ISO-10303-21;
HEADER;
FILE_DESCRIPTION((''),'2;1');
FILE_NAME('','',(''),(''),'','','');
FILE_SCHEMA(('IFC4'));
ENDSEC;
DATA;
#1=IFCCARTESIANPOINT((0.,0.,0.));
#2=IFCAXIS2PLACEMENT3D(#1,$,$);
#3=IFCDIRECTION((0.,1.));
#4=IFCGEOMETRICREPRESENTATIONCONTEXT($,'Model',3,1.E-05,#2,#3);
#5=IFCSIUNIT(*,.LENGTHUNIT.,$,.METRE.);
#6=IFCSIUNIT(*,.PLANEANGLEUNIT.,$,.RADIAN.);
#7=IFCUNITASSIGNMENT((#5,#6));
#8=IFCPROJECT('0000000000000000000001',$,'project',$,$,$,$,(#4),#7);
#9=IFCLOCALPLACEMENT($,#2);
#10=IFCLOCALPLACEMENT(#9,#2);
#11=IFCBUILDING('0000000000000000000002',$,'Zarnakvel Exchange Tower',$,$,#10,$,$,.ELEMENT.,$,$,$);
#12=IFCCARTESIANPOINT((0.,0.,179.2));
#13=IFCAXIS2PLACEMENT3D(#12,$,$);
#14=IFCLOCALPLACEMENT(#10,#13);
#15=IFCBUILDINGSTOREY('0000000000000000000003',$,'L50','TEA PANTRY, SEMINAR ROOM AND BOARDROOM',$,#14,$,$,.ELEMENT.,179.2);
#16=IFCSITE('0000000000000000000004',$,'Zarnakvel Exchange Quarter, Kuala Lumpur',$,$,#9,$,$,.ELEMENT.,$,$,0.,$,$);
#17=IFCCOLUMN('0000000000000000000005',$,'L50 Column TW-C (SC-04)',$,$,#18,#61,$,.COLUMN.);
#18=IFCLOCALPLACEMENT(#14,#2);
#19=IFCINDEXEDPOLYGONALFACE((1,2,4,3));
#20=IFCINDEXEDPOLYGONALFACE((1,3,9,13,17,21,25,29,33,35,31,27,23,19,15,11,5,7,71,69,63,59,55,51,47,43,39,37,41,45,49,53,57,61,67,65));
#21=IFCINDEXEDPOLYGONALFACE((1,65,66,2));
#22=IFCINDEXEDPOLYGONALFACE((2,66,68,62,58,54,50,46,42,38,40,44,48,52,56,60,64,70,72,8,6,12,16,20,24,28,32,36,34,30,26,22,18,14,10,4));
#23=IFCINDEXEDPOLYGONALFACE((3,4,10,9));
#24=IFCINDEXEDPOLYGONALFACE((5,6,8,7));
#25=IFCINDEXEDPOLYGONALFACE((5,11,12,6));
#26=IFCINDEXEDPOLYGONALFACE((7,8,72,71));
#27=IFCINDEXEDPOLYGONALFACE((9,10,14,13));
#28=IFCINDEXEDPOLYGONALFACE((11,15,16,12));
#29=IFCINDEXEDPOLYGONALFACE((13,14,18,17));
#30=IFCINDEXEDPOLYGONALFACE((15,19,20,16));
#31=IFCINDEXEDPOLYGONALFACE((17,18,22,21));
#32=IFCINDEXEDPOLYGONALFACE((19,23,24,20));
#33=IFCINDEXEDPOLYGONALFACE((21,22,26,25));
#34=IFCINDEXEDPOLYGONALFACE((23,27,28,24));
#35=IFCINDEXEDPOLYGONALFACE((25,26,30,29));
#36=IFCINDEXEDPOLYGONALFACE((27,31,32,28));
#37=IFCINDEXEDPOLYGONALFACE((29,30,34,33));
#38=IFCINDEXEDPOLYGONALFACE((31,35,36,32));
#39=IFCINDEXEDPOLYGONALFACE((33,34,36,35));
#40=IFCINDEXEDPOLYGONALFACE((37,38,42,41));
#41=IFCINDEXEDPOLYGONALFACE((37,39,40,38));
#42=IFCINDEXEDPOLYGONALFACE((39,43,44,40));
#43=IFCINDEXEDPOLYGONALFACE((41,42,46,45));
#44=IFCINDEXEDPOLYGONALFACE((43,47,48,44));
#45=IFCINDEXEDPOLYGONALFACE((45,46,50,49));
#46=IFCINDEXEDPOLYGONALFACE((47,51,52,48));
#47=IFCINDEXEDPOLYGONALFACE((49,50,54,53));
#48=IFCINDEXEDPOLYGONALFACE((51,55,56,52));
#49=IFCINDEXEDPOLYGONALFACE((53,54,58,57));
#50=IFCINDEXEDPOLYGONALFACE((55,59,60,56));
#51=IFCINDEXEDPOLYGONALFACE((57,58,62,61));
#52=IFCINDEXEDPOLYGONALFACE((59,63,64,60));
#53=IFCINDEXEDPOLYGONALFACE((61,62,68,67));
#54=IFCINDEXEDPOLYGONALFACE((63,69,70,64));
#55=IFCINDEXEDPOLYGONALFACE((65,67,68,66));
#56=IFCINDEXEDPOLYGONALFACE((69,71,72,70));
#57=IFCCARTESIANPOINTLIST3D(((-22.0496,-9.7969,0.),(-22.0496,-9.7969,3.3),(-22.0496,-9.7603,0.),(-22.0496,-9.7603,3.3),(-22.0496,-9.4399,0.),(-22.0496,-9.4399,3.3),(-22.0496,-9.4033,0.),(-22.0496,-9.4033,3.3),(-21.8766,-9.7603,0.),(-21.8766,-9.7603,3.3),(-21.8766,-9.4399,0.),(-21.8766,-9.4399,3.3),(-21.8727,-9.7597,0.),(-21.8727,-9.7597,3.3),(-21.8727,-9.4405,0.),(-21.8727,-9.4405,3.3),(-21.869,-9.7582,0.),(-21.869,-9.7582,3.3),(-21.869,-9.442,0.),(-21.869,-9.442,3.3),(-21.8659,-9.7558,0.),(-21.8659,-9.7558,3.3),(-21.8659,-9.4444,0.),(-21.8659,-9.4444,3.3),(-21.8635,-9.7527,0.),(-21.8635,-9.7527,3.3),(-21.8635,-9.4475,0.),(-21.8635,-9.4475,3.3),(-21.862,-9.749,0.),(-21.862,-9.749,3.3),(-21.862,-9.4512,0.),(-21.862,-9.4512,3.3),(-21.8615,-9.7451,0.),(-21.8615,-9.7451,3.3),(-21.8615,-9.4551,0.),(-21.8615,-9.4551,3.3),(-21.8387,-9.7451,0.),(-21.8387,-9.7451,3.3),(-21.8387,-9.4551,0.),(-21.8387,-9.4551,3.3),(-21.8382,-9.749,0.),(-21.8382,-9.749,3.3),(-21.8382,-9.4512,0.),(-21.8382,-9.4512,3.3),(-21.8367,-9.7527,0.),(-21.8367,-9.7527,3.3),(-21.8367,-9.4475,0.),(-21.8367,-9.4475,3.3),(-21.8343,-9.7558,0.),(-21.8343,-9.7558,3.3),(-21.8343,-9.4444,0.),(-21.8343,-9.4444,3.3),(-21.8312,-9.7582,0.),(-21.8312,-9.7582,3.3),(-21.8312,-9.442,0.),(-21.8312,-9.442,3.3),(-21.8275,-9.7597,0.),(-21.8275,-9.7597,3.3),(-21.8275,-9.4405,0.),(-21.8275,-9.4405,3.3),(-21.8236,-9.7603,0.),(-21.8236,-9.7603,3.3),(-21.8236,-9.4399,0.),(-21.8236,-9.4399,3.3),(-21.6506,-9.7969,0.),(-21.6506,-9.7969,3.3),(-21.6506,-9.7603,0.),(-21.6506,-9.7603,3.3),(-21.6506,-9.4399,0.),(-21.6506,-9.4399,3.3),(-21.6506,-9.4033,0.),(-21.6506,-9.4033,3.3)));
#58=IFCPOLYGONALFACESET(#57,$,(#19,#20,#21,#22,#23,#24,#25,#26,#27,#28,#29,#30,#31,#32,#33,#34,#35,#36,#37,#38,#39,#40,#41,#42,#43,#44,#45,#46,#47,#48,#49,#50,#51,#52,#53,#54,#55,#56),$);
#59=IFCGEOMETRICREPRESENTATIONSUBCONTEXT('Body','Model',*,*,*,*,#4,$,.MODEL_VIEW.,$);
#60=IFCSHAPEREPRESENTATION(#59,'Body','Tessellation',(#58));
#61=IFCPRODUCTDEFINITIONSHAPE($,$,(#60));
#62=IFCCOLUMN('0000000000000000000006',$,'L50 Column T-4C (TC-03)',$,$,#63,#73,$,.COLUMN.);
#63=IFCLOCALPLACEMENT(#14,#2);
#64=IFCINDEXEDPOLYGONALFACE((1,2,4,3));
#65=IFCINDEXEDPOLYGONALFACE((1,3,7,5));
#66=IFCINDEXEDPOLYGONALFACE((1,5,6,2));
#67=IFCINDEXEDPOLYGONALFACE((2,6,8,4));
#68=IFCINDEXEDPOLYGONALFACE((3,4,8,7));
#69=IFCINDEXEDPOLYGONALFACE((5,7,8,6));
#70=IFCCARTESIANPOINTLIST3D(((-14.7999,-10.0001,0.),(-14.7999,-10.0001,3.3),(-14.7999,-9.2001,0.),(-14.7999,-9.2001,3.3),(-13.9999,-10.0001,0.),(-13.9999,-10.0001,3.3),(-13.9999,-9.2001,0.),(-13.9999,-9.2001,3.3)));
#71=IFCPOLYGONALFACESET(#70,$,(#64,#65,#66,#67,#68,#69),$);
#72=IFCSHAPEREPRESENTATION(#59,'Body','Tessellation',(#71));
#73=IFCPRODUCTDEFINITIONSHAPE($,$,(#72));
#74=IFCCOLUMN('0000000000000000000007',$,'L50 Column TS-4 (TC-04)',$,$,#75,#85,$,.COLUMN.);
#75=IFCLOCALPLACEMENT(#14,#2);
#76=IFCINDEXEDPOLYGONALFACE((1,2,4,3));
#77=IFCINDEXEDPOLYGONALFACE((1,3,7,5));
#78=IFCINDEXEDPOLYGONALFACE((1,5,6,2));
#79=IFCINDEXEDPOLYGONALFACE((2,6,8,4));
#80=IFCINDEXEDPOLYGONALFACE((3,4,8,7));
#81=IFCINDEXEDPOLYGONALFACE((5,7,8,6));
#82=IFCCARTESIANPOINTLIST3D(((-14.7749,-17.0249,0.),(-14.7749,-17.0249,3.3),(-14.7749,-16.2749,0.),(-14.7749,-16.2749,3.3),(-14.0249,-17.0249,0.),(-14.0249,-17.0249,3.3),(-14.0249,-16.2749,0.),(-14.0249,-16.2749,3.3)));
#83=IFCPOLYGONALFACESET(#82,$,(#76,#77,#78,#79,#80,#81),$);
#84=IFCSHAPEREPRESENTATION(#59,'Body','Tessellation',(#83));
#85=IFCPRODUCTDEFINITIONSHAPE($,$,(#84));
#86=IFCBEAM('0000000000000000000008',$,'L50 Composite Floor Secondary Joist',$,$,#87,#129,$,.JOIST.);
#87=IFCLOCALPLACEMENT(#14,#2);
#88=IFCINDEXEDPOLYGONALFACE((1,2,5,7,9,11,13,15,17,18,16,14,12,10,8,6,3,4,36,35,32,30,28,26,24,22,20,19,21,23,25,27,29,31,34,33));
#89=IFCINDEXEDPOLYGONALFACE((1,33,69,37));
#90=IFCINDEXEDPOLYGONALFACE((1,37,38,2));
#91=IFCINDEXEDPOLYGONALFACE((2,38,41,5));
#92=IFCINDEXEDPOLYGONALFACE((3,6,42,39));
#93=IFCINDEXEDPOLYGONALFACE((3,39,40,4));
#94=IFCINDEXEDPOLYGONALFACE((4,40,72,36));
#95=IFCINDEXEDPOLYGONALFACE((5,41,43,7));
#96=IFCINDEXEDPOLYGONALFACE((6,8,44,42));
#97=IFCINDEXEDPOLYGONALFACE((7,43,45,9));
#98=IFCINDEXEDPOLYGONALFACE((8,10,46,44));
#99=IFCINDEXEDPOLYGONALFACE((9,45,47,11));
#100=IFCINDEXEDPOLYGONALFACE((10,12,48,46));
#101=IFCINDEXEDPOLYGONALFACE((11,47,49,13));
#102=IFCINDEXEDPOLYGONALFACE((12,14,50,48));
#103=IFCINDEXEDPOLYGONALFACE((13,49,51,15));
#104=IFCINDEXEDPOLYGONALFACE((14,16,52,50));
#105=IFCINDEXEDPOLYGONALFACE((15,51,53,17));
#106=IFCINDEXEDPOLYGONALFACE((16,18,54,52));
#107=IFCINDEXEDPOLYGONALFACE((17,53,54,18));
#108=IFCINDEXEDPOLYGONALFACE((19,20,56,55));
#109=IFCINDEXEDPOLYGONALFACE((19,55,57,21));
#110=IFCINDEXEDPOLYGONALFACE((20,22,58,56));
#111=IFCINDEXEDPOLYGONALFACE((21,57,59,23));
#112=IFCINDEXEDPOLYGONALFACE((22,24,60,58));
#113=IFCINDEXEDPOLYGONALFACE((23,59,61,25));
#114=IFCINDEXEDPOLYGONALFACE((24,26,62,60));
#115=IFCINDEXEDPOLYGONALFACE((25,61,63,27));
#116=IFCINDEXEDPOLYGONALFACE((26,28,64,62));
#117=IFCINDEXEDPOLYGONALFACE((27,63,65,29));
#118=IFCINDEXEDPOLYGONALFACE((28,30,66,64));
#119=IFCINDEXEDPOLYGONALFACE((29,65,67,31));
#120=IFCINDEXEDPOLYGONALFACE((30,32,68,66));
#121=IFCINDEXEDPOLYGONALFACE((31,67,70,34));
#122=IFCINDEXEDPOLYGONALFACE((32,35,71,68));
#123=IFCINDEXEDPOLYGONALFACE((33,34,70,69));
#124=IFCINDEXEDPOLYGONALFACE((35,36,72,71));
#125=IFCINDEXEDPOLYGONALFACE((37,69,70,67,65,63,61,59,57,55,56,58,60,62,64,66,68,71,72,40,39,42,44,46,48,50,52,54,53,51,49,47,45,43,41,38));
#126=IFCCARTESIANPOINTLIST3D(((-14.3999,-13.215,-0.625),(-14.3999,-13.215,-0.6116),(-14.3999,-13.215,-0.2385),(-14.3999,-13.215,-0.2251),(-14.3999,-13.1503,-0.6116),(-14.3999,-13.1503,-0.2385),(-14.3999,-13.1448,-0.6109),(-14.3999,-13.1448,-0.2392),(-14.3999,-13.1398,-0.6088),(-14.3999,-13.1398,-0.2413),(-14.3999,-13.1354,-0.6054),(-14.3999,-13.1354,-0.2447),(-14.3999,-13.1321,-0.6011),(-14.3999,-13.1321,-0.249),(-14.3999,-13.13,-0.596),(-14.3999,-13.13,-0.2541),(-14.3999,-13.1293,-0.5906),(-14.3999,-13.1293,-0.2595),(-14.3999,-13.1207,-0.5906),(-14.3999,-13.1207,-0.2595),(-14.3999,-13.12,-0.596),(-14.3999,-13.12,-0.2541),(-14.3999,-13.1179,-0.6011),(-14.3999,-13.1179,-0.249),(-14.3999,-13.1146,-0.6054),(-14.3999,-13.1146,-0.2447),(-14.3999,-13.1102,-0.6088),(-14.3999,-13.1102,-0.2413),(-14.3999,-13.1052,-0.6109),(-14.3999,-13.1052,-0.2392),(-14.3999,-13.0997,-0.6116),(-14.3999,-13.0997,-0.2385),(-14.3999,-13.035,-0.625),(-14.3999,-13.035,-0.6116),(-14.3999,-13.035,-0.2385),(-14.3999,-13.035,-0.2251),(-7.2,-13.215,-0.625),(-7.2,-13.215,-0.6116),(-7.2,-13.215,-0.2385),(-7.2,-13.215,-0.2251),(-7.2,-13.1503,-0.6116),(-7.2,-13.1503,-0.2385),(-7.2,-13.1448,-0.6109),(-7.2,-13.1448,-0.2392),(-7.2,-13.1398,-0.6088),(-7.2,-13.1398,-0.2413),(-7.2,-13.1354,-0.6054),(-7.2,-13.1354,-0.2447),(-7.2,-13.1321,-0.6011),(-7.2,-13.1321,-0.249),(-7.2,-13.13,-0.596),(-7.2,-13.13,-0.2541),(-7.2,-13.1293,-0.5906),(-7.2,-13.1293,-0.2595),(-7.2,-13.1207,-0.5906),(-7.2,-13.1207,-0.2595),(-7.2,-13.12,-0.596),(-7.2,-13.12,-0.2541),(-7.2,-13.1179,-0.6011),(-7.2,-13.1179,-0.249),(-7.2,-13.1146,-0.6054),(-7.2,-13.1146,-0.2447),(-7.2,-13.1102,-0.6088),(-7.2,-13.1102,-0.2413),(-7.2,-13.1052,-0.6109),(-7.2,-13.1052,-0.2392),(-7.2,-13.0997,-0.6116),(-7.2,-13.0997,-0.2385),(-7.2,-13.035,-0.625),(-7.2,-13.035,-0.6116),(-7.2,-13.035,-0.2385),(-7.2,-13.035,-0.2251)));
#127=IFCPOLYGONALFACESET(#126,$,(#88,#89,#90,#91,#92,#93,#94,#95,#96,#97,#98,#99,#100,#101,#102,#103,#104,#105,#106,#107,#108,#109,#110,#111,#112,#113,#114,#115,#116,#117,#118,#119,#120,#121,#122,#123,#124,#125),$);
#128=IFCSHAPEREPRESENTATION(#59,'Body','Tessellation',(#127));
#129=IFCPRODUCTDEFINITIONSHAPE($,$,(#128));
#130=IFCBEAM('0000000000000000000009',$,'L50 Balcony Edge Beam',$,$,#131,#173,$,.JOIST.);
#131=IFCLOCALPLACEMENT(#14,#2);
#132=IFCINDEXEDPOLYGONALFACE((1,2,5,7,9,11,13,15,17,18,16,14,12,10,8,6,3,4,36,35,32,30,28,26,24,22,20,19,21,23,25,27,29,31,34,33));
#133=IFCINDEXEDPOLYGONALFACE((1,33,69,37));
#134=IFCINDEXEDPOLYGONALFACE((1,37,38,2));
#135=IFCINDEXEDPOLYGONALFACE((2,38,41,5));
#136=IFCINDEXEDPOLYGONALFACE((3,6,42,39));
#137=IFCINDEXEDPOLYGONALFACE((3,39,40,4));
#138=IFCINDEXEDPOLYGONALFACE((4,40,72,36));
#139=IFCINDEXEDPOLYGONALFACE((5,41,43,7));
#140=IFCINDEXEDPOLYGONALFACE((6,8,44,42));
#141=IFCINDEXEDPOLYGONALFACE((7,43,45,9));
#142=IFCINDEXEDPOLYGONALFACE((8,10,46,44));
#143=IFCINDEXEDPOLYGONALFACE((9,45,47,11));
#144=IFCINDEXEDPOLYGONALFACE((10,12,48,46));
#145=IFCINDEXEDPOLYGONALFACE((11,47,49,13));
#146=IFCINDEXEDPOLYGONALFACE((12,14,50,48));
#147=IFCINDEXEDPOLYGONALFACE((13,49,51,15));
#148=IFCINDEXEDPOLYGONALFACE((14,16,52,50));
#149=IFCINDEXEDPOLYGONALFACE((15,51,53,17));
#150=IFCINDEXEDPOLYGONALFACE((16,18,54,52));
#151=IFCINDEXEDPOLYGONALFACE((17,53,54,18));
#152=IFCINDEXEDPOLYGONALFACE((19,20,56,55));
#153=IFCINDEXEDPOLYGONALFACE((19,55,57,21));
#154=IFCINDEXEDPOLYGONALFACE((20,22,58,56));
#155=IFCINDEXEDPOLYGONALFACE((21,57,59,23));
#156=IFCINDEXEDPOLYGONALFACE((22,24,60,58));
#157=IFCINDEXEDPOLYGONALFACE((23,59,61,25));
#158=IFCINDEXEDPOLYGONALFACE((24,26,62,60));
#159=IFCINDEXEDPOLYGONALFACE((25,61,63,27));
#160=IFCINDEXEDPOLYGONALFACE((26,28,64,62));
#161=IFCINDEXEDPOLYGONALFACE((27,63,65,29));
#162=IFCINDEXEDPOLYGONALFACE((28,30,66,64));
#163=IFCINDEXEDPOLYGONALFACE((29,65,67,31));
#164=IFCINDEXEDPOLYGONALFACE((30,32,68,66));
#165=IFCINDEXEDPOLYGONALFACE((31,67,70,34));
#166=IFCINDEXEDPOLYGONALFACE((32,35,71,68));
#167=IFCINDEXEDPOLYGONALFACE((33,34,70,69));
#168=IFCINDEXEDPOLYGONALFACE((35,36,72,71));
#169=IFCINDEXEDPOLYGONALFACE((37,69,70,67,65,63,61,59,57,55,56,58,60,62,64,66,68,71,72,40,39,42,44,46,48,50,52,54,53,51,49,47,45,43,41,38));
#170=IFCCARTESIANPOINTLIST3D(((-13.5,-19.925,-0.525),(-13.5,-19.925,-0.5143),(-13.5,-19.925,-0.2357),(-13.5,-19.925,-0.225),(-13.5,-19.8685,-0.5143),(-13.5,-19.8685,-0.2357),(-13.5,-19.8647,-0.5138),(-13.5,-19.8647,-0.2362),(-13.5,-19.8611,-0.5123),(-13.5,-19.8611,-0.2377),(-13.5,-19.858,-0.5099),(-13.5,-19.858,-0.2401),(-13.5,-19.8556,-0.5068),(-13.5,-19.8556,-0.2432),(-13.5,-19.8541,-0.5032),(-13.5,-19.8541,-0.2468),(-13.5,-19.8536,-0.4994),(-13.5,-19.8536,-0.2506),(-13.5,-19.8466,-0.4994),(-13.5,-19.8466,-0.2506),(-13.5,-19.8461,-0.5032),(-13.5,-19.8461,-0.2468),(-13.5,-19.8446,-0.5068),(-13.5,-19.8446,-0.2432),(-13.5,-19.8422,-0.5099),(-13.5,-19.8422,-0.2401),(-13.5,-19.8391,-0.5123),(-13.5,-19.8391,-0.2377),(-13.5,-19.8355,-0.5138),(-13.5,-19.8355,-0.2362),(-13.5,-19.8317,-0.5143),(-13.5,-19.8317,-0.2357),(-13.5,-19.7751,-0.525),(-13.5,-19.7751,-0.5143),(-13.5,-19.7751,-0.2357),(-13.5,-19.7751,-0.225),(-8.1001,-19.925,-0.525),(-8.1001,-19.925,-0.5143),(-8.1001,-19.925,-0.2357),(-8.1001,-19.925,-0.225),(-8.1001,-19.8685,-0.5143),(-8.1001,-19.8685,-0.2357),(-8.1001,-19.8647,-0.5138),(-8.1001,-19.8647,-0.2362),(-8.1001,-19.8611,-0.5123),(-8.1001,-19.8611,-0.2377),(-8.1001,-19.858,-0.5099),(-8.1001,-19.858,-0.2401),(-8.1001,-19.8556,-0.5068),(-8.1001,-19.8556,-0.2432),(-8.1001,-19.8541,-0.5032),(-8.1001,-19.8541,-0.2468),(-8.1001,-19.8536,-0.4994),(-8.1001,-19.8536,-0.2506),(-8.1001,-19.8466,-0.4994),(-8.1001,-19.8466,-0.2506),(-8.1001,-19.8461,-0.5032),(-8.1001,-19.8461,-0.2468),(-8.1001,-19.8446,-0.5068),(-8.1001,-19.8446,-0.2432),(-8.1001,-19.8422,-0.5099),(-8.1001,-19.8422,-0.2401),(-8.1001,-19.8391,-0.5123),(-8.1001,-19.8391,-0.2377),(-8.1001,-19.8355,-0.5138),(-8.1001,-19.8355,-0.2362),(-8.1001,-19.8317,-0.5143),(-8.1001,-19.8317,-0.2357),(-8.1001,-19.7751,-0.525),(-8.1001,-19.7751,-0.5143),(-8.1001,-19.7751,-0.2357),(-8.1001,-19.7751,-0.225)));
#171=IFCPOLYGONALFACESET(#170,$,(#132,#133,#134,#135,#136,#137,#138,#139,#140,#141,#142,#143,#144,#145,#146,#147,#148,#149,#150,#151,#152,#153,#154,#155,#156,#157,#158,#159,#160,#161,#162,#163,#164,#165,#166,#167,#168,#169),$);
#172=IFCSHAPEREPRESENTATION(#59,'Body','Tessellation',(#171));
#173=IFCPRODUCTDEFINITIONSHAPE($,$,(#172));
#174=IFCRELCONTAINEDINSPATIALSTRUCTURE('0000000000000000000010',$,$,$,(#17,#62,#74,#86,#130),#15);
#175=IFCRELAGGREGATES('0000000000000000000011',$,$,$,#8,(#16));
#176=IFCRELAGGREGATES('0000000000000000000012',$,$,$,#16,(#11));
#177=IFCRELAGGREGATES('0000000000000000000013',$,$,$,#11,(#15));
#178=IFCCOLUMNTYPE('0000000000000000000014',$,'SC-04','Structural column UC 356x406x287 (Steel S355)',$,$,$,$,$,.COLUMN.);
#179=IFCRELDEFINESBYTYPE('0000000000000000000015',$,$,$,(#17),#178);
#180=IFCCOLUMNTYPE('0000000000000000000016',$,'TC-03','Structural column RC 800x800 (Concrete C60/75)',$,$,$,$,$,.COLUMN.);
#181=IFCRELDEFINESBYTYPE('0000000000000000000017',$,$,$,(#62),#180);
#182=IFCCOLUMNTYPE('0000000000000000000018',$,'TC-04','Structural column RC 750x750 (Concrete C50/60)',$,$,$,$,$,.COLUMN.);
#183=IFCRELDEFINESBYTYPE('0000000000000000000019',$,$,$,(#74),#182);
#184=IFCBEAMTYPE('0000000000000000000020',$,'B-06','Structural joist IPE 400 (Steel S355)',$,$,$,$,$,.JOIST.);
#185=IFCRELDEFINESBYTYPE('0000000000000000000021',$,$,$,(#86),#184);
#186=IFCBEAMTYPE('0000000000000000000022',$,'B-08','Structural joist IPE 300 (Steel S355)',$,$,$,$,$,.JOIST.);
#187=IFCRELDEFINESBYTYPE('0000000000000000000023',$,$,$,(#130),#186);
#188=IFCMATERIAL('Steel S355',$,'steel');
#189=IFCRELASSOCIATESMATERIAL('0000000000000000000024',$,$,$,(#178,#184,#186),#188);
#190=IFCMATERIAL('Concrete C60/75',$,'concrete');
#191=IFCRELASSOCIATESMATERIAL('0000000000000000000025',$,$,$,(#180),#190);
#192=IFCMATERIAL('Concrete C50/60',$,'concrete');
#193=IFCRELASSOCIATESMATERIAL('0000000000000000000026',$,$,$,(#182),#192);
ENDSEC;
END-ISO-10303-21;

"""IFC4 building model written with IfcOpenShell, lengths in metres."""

from ifc_helpers import new_model, si_unit, direction, frame, origin, origin_2d, place, context, subcontext, project, spatial, rectangle, i_section, extrude, material, material_profile, profile_set, type_object, element, save


model = new_model("IFC4")

# Units and contexts
model_context = context("Model", 3, precision=1e-05, world=origin(), true_north=direction((0.0, 1.0)))
body_context = subcontext(model_context, "Body", "Model", "MODEL_VIEW")
ifc_project = project(units=[si_unit("LENGTHUNIT", "METRE"), si_unit("PLANEANGLEUNIT", "RADIAN")], contexts=[model_context])

# Site, building, storey
site_placement = place(None, origin())
site = spatial("IfcSite", under=ifc_project, at=site_placement, Name="Zarnakvel Exchange Quarter, Kuala Lumpur", CompositionType="ELEMENT", RefElevation=0.0)
building_placement = place(site_placement, origin())
building = spatial("IfcBuilding", under=site, at=building_placement, Name="Zarnakvel Exchange Tower", CompositionType="ELEMENT")
storey_placement = place(building_placement, frame((0.0, 0.0, 179.2)))
storey = spatial("IfcBuildingStorey", under=building, at=storey_placement, Name="L50", Description="TEA PANTRY, SEMINAR ROOM AND BOARDROOM", CompositionType="ELEMENT", Elevation=179.2)

# Columns
ifc_material_1 = material(Name="Steel S355", Category="steel")
ifc_material_profile_1 = material_profile(ifc_material_1, i_section(OverallWidth=0.3989, OverallDepth=0.3936, WebThickness=0.0227, FlangeThickness=0.0366, FilletRadius=0.0151, at=origin_2d()))
ifc_profile_set_1 = profile_set([ifc_material_profile_1], Name="Steel S355")
column_type_1 = type_object("IfcColumnType", Name="SC-04", Description="Structural column UC 356x406x287 (Steel S355)", PredefinedType="COLUMN", material=ifc_profile_set_1)
column_1_placement = place(storey_placement, frame((-21.8501, -9.6001, 0.0), z_axis=(0.0, 0.0, 1.0), x_axis=(1.0, 0.0, 0.0)))
element("IfcColumn", 1, at=column_1_placement, inside=storey, type_object=column_type_1, Name="L50 Column TW-C (SC-04)", PredefinedType="COLUMN", context=body_context, shape_type="SweptSolid", body=[
    extrude(i_section(OverallWidth=0.3989, OverallDepth=0.3936, WebThickness=0.0227, FlangeThickness=0.0366, FilletRadius=0.0151, at=origin_2d()), origin(), (0.0, 0.0, 1.0), 3.3),
])
ifc_material_2 = material(Name="Concrete C60/75", Category="concrete")
ifc_material_profile_2 = material_profile(ifc_material_2, rectangle(XDim=0.8, YDim=0.8, at=origin_2d()))
ifc_profile_set_2 = profile_set([ifc_material_profile_2], Name="Concrete C60/75")
column_type_2 = type_object("IfcColumnType", Name="TC-03", Description="Structural column RC 800x800 (Concrete C60/75)", PredefinedType="COLUMN", material=ifc_profile_set_2)
column_2_placement = place(storey_placement, frame((-14.3999, -9.6001, 0.0), z_axis=(0.0, 0.0, 1.0), x_axis=(1.0, 0.0, 0.0)))
element("IfcColumn", 2, at=column_2_placement, inside=storey, type_object=column_type_2, Name="L50 Column T-4C (TC-03)", PredefinedType="COLUMN", context=body_context, shape_type="SweptSolid", body=[
    extrude(rectangle(XDim=0.8, YDim=0.8, at=origin_2d()), origin(), (0.0, 0.0, 1.0), 3.3),
])
ifc_material_3 = material(Name="Concrete C50/60", Category="concrete")
ifc_material_profile_3 = material_profile(ifc_material_3, rectangle(XDim=0.75, YDim=0.75, at=origin_2d()))
ifc_profile_set_3 = profile_set([ifc_material_profile_3], Name="Concrete C50/60")
column_type_3 = type_object("IfcColumnType", Name="TC-04", Description="Structural column RC 750x750 (Concrete C50/60)", PredefinedType="COLUMN", material=ifc_profile_set_3)
column_3_placement = place(storey_placement, frame((-14.3999, -16.6499, 0.0), z_axis=(0.0, 0.0, 1.0), x_axis=(1.0, 0.0, 0.0)))
element("IfcColumn", 3, at=column_3_placement, inside=storey, type_object=column_type_3, Name="L50 Column TS-4 (TC-04)", PredefinedType="COLUMN", context=body_context, shape_type="SweptSolid", body=[
    extrude(rectangle(XDim=0.75, YDim=0.75, at=origin_2d()), origin(), (0.0, 0.0, 1.0), 3.3),
])

# Beams
ifc_material_profile_4 = material_profile(ifc_material_1, i_section(OverallWidth=0.1799, OverallDepth=0.3999, WebThickness=0.0085, FlangeThickness=0.0134, FilletRadius=0.021, at=origin_2d()))
ifc_profile_set_4 = profile_set([ifc_material_profile_4], Name="Steel S355")
beam_type_1 = type_object("IfcBeamType", Name="B-06", Description="Structural joist IPE 400 (Steel S355)", PredefinedType="JOIST", material=ifc_profile_set_4)
beam_1_placement = place(storey_placement, frame((-14.3999, -13.125, -0.425), z_axis=(1.0, 0.0, 0.0), x_axis=(0.0, 1.0, 0.0)))
element("IfcBeam", 4, at=beam_1_placement, inside=storey, type_object=beam_type_1, Name="L50 Composite Floor Secondary Joist", PredefinedType="JOIST", context=body_context, shape_type="SweptSolid", body=[
    extrude(i_section(OverallWidth=0.1799, OverallDepth=0.3999, WebThickness=0.0085, FlangeThickness=0.0134, FilletRadius=0.021, at=origin_2d()), origin(), (0.0, 0.0, 1.0), 7.2),
])
ifc_material_profile_5 = material_profile(ifc_material_1, i_section(OverallWidth=0.1499, OverallDepth=0.3, WebThickness=0.0071, FlangeThickness=0.0107, FilletRadius=0.0149, at=origin_2d()))
ifc_profile_set_5 = profile_set([ifc_material_profile_5], Name="Steel S355")
beam_type_2 = type_object("IfcBeamType", Name="B-08", Description="Structural joist IPE 300 (Steel S355)", PredefinedType="JOIST", material=ifc_profile_set_5)
beam_2_placement = place(storey_placement, frame((-13.5, -19.8501, -0.375), z_axis=(1.0, 0.0, 0.0), x_axis=(0.0, 1.0, 0.0)))
element("IfcBeam", 5, at=beam_2_placement, inside=storey, type_object=beam_type_2, Name="L50 Balcony Edge Beam", PredefinedType="JOIST", context=body_context, shape_type="SweptSolid", body=[
    extrude(i_section(OverallWidth=0.1499, OverallDepth=0.3, WebThickness=0.0071, FlangeThickness=0.0107, FilletRadius=0.0149, at=origin_2d()), origin(), (0.0, 0.0, 1.0), 5.3999),
])

save(model, "model.ifc")
